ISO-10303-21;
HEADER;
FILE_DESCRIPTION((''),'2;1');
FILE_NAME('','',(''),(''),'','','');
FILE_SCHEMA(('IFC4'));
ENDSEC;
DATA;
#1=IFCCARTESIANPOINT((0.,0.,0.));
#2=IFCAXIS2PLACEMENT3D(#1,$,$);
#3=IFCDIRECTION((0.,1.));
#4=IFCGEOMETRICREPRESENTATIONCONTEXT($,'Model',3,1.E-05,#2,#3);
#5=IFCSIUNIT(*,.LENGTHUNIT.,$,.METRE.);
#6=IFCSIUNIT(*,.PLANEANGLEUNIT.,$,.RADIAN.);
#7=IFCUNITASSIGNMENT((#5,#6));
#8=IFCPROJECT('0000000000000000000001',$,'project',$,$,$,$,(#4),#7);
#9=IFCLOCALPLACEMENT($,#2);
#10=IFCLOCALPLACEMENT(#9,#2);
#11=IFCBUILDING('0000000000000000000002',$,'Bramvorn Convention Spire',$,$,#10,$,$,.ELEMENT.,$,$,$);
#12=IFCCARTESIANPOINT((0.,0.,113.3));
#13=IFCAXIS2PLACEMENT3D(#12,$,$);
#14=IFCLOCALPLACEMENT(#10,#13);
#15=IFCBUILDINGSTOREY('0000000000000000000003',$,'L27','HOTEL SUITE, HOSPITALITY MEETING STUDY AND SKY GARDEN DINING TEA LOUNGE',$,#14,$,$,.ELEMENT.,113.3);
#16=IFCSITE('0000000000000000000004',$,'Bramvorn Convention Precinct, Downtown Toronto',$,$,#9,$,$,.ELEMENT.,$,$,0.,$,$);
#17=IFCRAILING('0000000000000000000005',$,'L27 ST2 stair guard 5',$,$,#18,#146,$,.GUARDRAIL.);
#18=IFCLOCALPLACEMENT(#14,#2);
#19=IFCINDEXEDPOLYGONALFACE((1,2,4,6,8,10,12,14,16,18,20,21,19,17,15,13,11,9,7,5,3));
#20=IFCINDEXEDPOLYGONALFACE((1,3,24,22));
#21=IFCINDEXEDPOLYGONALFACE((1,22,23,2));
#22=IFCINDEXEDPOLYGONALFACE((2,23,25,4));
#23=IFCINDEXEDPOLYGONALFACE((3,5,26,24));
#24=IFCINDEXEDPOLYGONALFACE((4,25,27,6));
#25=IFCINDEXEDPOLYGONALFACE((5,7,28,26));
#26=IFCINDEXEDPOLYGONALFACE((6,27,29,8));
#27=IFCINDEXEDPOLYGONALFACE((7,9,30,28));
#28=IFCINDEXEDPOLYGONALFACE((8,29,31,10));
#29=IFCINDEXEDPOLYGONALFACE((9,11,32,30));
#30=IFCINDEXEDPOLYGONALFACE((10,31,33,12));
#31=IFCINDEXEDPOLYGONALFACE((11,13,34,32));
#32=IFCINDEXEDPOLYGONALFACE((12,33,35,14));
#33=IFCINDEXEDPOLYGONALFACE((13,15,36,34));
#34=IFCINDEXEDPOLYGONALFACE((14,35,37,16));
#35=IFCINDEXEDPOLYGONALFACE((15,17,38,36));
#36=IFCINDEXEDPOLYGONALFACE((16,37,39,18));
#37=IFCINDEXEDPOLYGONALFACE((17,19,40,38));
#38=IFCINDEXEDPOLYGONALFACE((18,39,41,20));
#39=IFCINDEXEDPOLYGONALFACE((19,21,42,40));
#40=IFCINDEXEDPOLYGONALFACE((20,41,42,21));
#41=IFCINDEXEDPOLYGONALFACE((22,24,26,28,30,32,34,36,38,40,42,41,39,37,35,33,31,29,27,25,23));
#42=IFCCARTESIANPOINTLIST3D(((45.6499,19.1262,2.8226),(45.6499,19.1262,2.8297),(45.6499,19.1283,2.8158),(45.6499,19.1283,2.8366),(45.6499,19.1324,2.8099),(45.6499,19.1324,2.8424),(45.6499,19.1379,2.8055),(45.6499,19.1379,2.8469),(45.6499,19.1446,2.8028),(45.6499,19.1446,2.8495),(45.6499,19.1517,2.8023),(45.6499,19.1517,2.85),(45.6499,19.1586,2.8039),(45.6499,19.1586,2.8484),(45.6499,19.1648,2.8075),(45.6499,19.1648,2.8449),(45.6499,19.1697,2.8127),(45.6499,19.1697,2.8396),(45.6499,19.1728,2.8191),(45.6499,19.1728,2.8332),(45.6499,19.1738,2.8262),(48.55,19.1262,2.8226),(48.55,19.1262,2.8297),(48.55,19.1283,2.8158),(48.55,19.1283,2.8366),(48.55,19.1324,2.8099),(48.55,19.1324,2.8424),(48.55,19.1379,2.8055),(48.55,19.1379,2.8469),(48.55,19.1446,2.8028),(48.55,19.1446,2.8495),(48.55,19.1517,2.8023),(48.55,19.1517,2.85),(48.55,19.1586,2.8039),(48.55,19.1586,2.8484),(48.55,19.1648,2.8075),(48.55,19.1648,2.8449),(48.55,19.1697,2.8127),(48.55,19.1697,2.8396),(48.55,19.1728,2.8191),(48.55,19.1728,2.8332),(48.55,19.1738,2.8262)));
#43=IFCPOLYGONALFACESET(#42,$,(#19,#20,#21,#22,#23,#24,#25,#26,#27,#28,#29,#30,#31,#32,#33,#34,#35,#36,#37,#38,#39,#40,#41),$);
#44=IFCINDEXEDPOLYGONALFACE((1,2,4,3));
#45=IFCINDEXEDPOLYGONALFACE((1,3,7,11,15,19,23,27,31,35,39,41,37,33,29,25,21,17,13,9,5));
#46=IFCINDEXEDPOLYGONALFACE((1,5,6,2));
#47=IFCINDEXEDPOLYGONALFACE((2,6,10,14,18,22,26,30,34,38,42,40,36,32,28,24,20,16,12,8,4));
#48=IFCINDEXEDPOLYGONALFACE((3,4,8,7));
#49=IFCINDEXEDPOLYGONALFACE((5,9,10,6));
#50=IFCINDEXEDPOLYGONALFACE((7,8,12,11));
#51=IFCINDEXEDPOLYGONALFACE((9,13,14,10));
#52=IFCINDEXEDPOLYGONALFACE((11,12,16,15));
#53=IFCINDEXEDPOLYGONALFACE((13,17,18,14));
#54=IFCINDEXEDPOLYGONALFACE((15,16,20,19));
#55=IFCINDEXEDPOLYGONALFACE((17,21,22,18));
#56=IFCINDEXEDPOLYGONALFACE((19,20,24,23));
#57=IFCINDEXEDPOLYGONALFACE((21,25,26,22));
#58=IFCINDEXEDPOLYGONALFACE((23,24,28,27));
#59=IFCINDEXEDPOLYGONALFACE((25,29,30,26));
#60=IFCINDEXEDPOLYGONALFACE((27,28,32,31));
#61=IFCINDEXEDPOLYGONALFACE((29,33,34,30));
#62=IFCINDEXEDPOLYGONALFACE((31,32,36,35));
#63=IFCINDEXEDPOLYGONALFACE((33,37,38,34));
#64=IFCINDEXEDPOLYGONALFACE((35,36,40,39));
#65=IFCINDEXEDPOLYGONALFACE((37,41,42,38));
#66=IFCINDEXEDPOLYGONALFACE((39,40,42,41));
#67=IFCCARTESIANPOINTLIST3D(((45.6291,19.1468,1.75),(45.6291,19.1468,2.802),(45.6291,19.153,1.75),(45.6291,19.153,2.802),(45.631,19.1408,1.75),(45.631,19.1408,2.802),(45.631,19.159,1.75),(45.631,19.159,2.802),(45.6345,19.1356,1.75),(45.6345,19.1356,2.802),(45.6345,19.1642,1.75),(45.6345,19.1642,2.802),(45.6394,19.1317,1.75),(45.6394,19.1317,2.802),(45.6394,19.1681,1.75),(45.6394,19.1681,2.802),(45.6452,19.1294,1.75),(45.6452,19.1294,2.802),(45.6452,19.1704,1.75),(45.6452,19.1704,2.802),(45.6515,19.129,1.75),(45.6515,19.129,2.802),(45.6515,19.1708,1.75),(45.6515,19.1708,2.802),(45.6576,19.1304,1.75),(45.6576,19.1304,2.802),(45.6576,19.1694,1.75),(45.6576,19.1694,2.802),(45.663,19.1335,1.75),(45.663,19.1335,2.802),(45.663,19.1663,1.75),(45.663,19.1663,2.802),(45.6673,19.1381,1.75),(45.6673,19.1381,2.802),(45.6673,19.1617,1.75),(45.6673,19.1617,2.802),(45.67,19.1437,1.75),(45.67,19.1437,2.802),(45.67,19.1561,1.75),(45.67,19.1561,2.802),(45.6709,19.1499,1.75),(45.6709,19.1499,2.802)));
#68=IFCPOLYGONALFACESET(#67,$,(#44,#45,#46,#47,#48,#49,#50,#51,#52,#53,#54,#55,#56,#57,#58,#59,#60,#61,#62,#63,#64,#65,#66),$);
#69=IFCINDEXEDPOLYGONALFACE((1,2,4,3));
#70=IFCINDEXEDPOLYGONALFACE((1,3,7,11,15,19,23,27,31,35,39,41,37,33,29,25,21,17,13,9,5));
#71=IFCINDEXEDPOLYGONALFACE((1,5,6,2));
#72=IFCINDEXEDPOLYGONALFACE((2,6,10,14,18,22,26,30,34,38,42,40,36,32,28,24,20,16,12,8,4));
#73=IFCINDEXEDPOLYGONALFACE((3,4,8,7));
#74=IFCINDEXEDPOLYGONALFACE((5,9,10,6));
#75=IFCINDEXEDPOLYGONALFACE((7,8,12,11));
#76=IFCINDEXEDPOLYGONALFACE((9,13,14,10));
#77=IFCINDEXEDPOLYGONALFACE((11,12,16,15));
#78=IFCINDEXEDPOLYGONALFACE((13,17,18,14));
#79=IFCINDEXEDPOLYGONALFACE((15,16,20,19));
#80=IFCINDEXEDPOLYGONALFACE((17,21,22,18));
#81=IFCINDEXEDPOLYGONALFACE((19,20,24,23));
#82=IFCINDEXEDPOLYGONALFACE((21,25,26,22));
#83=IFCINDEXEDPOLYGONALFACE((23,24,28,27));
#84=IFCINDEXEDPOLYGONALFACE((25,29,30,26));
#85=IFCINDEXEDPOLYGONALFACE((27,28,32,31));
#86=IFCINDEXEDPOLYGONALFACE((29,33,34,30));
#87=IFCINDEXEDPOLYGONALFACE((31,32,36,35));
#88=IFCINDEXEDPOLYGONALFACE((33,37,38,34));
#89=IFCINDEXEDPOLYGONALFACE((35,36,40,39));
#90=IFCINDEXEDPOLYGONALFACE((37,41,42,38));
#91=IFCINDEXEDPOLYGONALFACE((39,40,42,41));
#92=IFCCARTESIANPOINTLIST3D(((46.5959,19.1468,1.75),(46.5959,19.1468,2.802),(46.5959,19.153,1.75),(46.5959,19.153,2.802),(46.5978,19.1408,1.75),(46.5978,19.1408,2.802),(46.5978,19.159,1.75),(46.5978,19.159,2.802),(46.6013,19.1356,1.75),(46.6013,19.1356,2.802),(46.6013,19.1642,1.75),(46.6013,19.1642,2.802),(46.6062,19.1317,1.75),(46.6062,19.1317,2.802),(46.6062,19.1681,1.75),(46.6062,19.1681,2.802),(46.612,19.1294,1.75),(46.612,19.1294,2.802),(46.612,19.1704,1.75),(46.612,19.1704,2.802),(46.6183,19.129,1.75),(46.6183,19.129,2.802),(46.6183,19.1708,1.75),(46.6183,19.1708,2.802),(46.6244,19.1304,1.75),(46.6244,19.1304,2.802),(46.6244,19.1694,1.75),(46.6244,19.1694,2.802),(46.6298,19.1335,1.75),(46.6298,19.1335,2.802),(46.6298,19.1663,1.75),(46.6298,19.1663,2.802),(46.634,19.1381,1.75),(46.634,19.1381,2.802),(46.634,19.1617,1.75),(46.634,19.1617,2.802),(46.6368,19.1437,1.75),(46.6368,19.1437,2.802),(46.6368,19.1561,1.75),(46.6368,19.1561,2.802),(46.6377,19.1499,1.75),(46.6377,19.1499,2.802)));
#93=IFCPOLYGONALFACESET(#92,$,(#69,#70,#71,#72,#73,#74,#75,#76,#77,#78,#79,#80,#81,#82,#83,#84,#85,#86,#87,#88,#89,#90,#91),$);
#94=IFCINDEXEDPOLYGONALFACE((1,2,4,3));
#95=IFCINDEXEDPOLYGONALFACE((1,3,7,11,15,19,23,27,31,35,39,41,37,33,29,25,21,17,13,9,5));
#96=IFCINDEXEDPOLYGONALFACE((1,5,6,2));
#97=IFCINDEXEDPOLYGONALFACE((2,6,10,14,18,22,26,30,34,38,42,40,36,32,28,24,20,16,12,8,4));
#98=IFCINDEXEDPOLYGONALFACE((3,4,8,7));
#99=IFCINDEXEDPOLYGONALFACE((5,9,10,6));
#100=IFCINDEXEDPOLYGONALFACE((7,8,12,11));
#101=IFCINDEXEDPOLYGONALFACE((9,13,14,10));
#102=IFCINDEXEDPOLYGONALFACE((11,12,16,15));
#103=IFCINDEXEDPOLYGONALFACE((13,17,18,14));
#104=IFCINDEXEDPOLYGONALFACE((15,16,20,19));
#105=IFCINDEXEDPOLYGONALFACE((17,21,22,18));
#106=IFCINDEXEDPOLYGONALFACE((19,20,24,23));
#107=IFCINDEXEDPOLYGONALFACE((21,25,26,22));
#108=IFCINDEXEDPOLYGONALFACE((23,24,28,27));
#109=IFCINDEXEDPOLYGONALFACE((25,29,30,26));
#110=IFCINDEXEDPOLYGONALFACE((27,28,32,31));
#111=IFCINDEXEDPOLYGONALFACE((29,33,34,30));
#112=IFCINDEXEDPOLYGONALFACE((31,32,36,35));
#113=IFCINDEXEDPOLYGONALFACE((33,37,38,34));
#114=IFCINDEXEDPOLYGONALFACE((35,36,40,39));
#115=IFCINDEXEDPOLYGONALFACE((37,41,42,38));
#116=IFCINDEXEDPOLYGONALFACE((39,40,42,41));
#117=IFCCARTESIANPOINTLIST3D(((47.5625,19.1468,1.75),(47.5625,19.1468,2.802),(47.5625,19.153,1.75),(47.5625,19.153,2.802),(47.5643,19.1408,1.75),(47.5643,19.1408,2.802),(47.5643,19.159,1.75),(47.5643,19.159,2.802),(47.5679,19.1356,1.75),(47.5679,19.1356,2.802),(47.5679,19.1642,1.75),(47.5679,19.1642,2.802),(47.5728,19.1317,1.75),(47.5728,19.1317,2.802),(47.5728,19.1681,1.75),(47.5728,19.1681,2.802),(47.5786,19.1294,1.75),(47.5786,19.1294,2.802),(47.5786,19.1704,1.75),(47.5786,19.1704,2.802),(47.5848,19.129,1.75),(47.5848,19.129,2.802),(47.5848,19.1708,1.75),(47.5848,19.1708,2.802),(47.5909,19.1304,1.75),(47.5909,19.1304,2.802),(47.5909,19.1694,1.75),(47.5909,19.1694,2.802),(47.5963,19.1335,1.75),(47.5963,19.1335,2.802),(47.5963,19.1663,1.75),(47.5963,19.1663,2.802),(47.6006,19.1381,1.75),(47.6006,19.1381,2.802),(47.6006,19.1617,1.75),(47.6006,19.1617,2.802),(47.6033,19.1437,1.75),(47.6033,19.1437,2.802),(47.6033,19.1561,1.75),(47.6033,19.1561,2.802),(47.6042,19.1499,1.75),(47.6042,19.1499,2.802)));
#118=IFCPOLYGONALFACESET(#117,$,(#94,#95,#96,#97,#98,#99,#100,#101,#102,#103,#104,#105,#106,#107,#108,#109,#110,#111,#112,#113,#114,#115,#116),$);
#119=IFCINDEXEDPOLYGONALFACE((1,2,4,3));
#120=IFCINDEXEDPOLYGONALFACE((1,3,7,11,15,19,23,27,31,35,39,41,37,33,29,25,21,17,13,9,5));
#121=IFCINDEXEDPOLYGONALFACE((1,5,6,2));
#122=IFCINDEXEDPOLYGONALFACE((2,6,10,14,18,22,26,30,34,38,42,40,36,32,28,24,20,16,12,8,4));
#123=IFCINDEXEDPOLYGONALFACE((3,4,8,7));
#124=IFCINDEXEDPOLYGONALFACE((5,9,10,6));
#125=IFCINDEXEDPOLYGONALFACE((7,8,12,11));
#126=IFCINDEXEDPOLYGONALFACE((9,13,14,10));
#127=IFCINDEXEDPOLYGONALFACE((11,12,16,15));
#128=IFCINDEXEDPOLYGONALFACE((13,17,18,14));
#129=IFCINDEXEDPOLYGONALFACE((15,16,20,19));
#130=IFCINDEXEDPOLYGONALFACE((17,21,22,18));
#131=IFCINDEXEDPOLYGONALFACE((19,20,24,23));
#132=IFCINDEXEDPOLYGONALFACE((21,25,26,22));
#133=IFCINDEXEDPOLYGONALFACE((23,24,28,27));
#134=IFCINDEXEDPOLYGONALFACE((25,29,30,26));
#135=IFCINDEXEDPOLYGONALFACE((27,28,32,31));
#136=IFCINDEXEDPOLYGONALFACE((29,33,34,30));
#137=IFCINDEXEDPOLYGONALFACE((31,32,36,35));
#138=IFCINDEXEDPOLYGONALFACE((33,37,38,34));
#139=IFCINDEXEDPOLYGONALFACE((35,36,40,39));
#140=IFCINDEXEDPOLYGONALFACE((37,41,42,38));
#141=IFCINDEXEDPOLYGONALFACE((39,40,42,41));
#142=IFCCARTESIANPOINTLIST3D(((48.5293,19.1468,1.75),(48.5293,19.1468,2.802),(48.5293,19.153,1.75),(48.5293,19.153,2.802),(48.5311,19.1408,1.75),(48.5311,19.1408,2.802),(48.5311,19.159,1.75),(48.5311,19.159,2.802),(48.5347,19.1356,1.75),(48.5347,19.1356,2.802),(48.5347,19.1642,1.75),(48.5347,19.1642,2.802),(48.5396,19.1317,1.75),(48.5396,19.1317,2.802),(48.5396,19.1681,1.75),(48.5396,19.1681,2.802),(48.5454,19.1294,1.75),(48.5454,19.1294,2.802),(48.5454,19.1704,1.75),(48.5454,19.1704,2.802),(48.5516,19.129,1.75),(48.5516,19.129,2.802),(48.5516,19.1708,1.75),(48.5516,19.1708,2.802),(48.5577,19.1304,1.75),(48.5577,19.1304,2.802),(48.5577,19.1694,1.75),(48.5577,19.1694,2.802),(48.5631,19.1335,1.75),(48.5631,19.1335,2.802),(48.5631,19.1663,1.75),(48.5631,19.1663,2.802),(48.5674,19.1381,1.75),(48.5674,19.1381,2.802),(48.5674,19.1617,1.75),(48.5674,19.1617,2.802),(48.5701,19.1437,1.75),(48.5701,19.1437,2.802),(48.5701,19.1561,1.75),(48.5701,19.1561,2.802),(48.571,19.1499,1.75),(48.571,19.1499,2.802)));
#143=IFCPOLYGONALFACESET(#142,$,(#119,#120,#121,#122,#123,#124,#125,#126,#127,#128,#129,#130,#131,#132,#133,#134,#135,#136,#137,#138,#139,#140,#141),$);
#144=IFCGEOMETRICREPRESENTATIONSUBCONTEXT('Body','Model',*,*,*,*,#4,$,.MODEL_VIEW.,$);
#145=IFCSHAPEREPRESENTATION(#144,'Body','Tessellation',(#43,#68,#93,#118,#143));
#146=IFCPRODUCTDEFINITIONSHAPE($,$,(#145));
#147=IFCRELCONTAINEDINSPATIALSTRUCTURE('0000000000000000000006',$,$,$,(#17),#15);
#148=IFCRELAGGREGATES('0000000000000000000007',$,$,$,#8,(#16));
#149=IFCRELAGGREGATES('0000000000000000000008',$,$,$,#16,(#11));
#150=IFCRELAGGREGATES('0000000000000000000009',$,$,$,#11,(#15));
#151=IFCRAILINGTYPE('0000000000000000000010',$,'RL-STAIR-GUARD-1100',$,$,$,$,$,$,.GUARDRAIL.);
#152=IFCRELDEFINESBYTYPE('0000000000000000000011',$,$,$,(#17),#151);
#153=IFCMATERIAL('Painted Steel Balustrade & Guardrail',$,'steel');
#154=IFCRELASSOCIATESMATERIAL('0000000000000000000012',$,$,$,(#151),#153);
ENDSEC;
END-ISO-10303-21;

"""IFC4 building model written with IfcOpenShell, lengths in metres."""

from ifc_helpers import new_model, si_unit, direction, frame, origin, origin_2d, place, context, subcontext, project, spatial, circle, extrude, material, type_object, element, save


model = new_model("IFC4")

# Units and contexts
model_context = context("Model", 3, precision=1e-05, world=origin(), true_north=direction((0.0, 1.0)))
body_context = subcontext(model_context, "Body", "Model", "MODEL_VIEW")
ifc_project = project(units=[si_unit("LENGTHUNIT", "METRE"), si_unit("PLANEANGLEUNIT", "RADIAN")], contexts=[model_context])

# Site, building, storey
site_placement = place(None, origin())
site = spatial("IfcSite", under=ifc_project, at=site_placement, Name="Bramvorn Convention Precinct, Downtown Toronto", CompositionType="ELEMENT", RefElevation=0.0)
building_placement = place(site_placement, origin())
building = spatial("IfcBuilding", under=site, at=building_placement, Name="Bramvorn Convention Spire", CompositionType="ELEMENT")
storey_placement = place(building_placement, frame((0.0, 0.0, 113.3)))
storey = spatial("IfcBuildingStorey", under=building, at=storey_placement, Name="L27", Description="HOTEL SUITE, HOSPITALITY MEETING STUDY AND SKY GARDEN DINING TEA LOUNGE", CompositionType="ELEMENT", Elevation=113.3)

# Railing
ifc_material_1 = material(Name="Painted Steel Balustrade & Guardrail", Category="steel")
railing_type_1 = type_object("IfcRailingType", Name="RL-STAIR-GUARD-1100", PredefinedType="GUARDRAIL", material=ifc_material_1)
railing_1_placement = place(storey_placement, frame((45.6499, 19.1499, 1.75)))
element("IfcRailing", 1, at=railing_1_placement, inside=storey, type_object=railing_type_1, Name="L27 ST2 stair guard 5", PredefinedType="GUARDRAIL", context=body_context, shape_type="SweptSolid", body=[
    extrude(circle(Radius=0.0239, at=origin_2d()), frame((0.0, 0.0, 1.0762), z_axis=(1.0, 0.0, 0.0), x_axis=(0.0, 1.0, 0.0)), (0.0, 0.0, 1.0), 2.9001),
    extrude(circle(Radius=0.021, at=origin_2d()), origin(), (0.0, 0.0, 1.0), 1.052),
    extrude(circle(Radius=0.021, at=origin_2d()), frame((0.9668, 0.0, 0.0)), (0.0, 0.0, 1.0), 1.052),
    extrude(circle(Radius=0.021, at=origin_2d()), frame((1.9333, 0.0, 0.0)), (0.0, 0.0, 1.0), 1.052),
    extrude(circle(Radius=0.021, at=origin_2d()), frame((2.9001, 0.0, 0.0)), (0.0, 0.0, 1.0), 1.052),
])

save(model, "model.ifc")
